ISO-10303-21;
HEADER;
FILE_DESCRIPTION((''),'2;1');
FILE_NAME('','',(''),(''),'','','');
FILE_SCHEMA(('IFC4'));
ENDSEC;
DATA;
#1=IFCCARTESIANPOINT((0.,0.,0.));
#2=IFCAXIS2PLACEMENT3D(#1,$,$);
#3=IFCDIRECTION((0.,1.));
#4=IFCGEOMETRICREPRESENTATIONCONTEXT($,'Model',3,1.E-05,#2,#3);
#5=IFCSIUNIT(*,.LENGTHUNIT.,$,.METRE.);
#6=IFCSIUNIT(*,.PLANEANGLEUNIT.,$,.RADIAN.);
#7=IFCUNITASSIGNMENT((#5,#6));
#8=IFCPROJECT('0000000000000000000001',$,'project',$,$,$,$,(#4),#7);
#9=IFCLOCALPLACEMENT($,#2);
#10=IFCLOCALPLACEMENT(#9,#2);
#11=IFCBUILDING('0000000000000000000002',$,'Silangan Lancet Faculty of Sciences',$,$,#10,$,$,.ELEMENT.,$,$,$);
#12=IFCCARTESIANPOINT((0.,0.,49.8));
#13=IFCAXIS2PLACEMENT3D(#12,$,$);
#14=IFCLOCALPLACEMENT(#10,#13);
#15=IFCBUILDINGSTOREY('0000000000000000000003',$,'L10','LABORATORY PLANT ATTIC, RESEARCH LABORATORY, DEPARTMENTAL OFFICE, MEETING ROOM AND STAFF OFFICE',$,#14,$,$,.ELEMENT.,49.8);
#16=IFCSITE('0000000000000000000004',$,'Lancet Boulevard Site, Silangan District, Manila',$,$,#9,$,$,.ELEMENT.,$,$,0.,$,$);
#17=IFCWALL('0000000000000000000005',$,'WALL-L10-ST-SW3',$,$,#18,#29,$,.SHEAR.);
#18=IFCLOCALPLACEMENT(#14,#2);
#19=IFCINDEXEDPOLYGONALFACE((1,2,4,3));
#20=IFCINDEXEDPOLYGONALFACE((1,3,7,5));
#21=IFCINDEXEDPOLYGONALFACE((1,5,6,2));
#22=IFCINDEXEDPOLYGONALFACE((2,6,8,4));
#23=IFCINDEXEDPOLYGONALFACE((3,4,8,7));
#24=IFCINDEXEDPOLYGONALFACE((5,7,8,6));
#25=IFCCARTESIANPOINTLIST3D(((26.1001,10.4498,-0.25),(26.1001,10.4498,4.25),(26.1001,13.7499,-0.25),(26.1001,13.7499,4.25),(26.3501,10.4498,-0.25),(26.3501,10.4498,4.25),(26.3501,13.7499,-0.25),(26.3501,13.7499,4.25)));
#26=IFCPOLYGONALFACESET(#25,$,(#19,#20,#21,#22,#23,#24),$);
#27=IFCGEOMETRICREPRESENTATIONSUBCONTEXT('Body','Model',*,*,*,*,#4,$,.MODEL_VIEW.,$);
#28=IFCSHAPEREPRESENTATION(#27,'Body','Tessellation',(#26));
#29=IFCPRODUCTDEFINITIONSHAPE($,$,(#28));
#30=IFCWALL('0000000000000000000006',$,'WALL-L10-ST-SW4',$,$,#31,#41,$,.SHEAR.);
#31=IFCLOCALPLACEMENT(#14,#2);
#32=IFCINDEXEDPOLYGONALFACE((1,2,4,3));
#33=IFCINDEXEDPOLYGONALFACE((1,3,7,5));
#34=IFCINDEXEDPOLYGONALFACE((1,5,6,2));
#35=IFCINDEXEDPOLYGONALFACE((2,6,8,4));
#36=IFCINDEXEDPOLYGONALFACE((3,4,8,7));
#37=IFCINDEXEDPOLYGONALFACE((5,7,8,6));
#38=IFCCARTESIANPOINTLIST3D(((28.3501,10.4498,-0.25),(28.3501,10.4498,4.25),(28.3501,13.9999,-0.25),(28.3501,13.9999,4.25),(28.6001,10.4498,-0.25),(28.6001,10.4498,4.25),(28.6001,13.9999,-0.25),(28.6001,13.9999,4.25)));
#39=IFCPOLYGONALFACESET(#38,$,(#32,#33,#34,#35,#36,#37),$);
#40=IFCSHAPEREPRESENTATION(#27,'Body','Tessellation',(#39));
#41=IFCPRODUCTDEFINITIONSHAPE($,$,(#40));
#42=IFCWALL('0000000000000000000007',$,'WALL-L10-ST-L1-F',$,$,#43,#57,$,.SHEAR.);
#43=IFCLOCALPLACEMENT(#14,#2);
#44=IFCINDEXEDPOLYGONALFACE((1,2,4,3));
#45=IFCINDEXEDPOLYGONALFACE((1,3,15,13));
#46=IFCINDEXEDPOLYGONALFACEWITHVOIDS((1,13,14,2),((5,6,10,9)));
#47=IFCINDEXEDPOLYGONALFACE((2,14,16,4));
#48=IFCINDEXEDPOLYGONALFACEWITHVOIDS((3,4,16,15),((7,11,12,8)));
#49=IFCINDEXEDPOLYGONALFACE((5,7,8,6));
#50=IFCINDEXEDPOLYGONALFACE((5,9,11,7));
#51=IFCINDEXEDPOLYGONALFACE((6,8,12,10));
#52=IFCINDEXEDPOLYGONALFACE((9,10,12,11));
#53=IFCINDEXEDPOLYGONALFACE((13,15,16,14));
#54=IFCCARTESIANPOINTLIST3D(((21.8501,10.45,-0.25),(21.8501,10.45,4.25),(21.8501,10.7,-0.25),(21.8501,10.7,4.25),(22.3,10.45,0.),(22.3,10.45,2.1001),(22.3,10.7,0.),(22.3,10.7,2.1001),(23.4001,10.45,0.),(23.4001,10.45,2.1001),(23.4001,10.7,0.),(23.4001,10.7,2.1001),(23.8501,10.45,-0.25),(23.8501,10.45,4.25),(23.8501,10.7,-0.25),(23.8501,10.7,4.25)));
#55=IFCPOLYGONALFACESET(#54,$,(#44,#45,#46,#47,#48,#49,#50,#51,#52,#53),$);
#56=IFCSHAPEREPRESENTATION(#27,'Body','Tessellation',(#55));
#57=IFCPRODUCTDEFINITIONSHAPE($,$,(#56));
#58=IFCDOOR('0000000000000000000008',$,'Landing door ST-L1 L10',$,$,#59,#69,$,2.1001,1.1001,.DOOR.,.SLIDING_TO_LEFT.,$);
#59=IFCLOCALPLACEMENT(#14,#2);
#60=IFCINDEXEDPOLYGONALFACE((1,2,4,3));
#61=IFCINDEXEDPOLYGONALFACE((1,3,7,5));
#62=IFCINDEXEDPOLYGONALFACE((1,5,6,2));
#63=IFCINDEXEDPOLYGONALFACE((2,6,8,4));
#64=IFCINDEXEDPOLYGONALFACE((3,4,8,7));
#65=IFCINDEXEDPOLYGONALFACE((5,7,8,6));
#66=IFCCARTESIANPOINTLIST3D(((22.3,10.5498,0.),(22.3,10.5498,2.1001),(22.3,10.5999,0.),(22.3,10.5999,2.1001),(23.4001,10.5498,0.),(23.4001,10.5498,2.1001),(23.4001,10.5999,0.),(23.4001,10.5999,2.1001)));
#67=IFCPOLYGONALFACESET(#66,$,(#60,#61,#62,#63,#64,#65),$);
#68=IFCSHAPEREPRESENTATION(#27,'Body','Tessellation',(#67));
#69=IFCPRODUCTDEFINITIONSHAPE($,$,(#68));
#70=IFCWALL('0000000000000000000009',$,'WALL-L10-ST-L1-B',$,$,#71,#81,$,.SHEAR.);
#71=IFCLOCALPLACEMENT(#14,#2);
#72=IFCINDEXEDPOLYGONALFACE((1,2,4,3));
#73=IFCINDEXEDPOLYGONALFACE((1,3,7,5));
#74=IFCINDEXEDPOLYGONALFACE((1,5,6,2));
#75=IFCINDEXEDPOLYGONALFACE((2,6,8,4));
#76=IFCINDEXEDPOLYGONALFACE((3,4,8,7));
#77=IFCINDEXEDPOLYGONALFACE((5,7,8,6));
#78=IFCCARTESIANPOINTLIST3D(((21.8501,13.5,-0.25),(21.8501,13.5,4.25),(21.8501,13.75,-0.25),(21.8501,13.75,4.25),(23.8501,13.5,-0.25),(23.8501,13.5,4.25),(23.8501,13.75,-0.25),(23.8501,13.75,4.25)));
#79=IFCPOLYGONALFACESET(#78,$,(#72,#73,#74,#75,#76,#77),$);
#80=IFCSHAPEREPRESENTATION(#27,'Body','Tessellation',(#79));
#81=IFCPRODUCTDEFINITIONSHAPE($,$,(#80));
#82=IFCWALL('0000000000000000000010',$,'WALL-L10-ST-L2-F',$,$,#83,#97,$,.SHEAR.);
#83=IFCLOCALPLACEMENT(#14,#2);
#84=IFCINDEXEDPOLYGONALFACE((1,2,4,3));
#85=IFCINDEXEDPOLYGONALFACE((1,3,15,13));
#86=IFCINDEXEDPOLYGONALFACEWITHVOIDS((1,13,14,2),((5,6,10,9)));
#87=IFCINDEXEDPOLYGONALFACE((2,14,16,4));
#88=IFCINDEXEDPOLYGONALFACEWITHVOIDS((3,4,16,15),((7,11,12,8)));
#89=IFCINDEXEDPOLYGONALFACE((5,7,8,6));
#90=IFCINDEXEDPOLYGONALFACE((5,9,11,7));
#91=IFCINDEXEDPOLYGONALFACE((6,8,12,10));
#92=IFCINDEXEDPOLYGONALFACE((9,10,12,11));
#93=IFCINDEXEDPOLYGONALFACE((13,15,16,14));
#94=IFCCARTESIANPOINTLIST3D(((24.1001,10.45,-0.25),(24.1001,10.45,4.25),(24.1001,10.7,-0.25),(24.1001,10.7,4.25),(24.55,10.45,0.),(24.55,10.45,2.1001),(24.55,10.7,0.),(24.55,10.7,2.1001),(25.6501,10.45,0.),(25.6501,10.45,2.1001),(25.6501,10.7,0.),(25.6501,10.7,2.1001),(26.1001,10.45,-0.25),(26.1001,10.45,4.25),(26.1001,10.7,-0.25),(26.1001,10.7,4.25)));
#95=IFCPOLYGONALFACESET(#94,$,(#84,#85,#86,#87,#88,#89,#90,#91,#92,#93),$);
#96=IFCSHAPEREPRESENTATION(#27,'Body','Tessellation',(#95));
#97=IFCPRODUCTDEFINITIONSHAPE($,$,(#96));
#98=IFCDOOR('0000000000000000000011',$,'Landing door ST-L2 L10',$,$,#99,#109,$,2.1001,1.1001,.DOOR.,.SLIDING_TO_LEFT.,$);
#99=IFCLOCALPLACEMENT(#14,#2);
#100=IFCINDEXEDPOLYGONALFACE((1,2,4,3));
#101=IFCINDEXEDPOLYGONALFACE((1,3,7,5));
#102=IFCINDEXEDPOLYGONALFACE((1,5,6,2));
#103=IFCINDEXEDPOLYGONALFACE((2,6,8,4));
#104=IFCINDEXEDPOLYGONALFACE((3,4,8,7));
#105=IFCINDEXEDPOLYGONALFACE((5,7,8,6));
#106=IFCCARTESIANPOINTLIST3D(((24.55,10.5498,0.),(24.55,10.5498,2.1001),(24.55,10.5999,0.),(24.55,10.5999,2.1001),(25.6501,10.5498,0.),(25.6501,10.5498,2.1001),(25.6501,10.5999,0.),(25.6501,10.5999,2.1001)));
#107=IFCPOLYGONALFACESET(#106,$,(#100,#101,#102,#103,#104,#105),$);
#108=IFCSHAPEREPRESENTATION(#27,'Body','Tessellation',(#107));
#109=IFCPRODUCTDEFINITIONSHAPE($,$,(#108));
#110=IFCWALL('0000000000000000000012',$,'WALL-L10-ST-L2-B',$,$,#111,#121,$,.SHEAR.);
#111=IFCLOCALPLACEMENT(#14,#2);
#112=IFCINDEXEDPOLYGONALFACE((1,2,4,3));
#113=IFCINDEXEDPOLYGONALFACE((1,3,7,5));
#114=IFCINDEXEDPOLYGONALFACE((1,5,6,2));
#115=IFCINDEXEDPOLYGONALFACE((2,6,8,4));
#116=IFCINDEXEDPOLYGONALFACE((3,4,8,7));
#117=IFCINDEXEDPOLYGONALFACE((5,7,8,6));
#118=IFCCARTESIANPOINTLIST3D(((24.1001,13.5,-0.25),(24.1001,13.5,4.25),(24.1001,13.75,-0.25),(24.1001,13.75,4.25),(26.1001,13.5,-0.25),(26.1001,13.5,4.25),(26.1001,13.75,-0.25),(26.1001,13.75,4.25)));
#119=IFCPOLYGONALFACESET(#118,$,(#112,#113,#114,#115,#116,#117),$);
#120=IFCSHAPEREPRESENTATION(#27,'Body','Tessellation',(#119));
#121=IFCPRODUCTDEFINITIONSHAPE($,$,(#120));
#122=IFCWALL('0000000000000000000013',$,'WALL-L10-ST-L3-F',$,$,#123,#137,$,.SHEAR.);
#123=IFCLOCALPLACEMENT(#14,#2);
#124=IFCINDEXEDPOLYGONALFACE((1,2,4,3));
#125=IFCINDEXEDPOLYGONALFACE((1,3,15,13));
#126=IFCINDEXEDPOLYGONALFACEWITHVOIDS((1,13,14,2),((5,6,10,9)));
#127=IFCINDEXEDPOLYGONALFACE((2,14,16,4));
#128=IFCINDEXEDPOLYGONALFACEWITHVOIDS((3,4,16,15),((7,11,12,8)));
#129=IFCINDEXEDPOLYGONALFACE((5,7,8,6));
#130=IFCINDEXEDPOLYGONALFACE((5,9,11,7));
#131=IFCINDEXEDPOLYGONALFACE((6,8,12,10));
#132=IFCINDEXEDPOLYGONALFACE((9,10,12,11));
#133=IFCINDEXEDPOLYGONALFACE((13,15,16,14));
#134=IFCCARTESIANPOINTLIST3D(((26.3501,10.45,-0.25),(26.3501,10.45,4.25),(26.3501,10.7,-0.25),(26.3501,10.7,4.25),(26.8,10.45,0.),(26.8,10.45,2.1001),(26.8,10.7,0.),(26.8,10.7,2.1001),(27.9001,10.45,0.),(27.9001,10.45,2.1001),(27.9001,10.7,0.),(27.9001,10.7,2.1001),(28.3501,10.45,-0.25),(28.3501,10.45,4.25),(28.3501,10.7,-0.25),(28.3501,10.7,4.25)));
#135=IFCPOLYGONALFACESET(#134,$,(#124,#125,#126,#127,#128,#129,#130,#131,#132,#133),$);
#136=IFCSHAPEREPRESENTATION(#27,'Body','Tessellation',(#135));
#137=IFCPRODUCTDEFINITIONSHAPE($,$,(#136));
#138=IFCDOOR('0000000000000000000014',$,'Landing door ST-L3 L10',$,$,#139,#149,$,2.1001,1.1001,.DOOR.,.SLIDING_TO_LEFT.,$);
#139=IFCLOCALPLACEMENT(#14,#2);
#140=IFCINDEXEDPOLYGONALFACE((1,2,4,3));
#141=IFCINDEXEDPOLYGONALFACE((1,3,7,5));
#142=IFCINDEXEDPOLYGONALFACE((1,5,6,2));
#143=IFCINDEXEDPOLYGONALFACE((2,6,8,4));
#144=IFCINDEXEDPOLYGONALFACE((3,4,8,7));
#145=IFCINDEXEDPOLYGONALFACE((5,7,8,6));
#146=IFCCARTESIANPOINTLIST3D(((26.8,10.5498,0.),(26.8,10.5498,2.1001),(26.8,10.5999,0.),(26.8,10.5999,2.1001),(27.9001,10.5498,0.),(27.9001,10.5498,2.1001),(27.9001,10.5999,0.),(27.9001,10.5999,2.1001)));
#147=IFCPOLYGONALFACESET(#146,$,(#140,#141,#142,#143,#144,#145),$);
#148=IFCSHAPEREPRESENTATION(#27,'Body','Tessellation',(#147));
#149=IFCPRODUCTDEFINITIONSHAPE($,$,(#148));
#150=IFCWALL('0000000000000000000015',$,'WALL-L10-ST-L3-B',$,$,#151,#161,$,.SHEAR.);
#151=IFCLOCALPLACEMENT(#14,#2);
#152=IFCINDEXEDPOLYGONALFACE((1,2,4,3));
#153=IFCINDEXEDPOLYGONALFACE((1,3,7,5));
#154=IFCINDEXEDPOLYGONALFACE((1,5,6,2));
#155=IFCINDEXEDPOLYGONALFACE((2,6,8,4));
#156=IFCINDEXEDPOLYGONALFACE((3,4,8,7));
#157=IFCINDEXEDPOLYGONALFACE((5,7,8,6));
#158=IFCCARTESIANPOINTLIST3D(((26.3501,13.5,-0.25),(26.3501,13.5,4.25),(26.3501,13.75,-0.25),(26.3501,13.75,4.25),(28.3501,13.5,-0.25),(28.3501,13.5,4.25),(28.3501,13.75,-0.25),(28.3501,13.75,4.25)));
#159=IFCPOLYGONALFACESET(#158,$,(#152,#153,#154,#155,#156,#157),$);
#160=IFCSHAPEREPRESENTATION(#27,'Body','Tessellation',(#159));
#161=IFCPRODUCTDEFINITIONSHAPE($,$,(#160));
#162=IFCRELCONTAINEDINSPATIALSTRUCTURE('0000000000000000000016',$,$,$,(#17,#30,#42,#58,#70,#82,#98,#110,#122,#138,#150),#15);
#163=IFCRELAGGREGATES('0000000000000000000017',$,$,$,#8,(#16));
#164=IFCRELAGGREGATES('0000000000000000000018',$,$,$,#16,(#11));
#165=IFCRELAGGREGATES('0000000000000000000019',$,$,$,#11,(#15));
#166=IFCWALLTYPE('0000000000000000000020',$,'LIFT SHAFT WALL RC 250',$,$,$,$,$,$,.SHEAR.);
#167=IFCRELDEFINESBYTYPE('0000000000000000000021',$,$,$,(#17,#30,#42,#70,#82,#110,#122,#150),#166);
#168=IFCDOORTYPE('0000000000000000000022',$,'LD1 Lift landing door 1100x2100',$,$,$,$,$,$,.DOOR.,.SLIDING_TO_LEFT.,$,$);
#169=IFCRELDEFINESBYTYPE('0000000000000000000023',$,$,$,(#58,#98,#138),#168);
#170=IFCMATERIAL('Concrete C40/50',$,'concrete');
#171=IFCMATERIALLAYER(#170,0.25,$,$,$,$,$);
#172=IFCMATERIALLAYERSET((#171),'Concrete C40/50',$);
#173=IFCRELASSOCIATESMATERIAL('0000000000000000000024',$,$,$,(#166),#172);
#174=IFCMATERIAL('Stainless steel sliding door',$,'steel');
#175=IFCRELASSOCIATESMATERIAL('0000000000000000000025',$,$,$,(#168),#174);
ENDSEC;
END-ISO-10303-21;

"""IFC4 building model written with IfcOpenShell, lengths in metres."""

from ifc_helpers import new_model, si_unit, direction, frame, frame_2d, origin, place, context, subcontext, project, spatial, rectangle, extrude, material, layer, layer_set, type_object, element, fill, save


model = new_model("IFC4")

# Units and contexts
model_context = context("Model", 3, precision=1e-05, world=origin(), true_north=direction((0.0, 1.0)))
body_context = subcontext(model_context, "Body", "Model", "MODEL_VIEW")
ifc_project = project(units=[si_unit("LENGTHUNIT", "METRE"), si_unit("PLANEANGLEUNIT", "RADIAN")], contexts=[model_context])

# Site, building, storey
site_placement = place(None, origin())
site = spatial("IfcSite", under=ifc_project, at=site_placement, Name="Lancet Boulevard Site, Silangan District, Manila", CompositionType="ELEMENT", RefElevation=0.0)
building_placement = place(site_placement, origin())
building = spatial("IfcBuilding", under=site, at=building_placement, Name="Silangan Lancet Faculty of Sciences", CompositionType="ELEMENT")
storey_placement = place(building_placement, frame((0.0, 0.0, 49.8)))
storey = spatial("IfcBuildingStorey", under=building, at=storey_placement, Name="L10", Description="LABORATORY PLANT ATTIC, RESEARCH LABORATORY, DEPARTMENTAL OFFICE, MEETING ROOM AND STAFF OFFICE", CompositionType="ELEMENT", Elevation=49.8)

# Walls
ifc_material_1 = material(Name="Concrete C40/50", Category="concrete")
ifc_layer_1 = layer(ifc_material_1, 0.25)
ifc_layer_set_1 = layer_set([ifc_layer_1], Name="Concrete C40/50")
wall_type_1 = type_object("IfcWallType", Name="LIFT SHAFT WALL RC 250", PredefinedType="SHEAR", material=ifc_layer_set_1)
for number, where, z_axis, x_axis, name in (
    (1, (26.2251, 10.45, -0.25), (0.0, 0.0, 1.0), (0.0, 1.0, 0.0), "WALL-L10-ST-SW3"),
):
    element("IfcWall", number, at=place(storey_placement, frame(where, z_axis=z_axis, x_axis=x_axis)), inside=storey, type_object=wall_type_1, Name=name, PredefinedType="SHEAR", context=body_context, shape_type="SweptSolid", body=[
        extrude(rectangle(XDim=3.3, YDim=0.25, at=frame_2d((1.6499, 0.0))), origin(), (0.0, 0.0, 1.0), 4.5),
    ])
wall_1_placement = place(storey_placement, frame((28.4751, 10.45, -0.25), z_axis=(0.0, 0.0, 1.0), x_axis=(0.0, 1.0, 0.0)))
element("IfcWall", 2, at=wall_1_placement, inside=storey, type_object=wall_type_1, Name="WALL-L10-ST-SW4", PredefinedType="SHEAR", context=body_context, shape_type="SweptSolid", body=[
    extrude(rectangle(XDim=3.55, YDim=0.25, at=frame_2d((1.7749, 0.0))), origin(), (0.0, 0.0, 1.0), 4.5),
])

# Wall, opening, door
wall_2_placement = place(storey_placement, frame((21.8501, 10.575, -0.25), z_axis=(0.0, 0.0, 1.0), x_axis=(1.0, 0.0, 0.0)))
wall_2 = element("IfcWall", 3, at=wall_2_placement, inside=storey, type_object=wall_type_1, Name="WALL-L10-ST-L1-F", PredefinedType="SHEAR", context=body_context, shape_type="SweptSolid", body=[
    extrude(rectangle(XDim=2.0, YDim=0.25, at=frame_2d((1.0, 0.0))), origin(), (0.0, 0.0, 1.0), 4.5),
])
opening_1_placement = place(wall_2_placement, frame((0.45, 0.0, 0.25)))
opening_1 = element("IfcOpeningElement", 4, at=opening_1_placement, cuts=wall_2, PredefinedType="OPENING", context=body_context, shape_type="SweptSolid", body=[
    extrude(rectangle(XDim=1.1001, YDim=2.1001, at=frame_2d((0.55, 1.05))), frame((0.0, 0.135, 0.0), z_axis=(0.0, -1.0, 0.0), x_axis=(1.0, 0.0, 0.0)), (0.0, 0.0, 1.0), 0.27),
])
ifc_material_2 = material(Name="Stainless steel sliding door", Category="steel")
door_type_1 = type_object("IfcDoorType", Name="LD1 Lift landing door 1100x2100", OperationType="SLIDING_TO_LEFT", PredefinedType="DOOR", material=ifc_material_2)
door_1_placement = place(opening_1_placement, origin())
door_1 = element("IfcDoor", 5, at=door_1_placement, inside=storey, type_object=door_type_1, Name="Landing door ST-L1 L10", OperationType="SLIDING_TO_LEFT", OverallHeight=2.1001, OverallWidth=1.1001, PredefinedType="DOOR", context=body_context, shape_type="SweptSolid", body=[
    extrude(rectangle(XDim=1.1001, YDim=2.1001, at=frame_2d((0.55, 1.05))), frame((0.0, 0.0249, 0.0), z_axis=(0.0, -1.0, 0.0), x_axis=(1.0, 0.0, 0.0)), (0.0, 0.0, 1.0), 0.05),
])
fill(opening_1, door_1)

# Wall
wall_3_placement = place(storey_placement, frame((21.8501, 13.625, -0.25), z_axis=(0.0, 0.0, 1.0), x_axis=(1.0, 0.0, 0.0)))
element("IfcWall", 6, at=wall_3_placement, inside=storey, type_object=wall_type_1, Name="WALL-L10-ST-L1-B", PredefinedType="SHEAR", context=body_context, shape_type="SweptSolid", body=[
    extrude(rectangle(XDim=2.0, YDim=0.25, at=frame_2d((1.0, 0.0))), origin(), (0.0, 0.0, 1.0), 4.5),
])

# Wall, opening, door
wall_4_placement = place(storey_placement, frame((24.1001, 10.575, -0.25), z_axis=(0.0, 0.0, 1.0), x_axis=(1.0, 0.0, 0.0)))
wall_4 = element("IfcWall", 7, at=wall_4_placement, inside=storey, type_object=wall_type_1, Name="WALL-L10-ST-L2-F", PredefinedType="SHEAR", context=body_context, shape_type="SweptSolid", body=[
    extrude(rectangle(XDim=2.0, YDim=0.25, at=frame_2d((1.0, 0.0))), origin(), (0.0, 0.0, 1.0), 4.5),
])
opening_2_placement = place(wall_4_placement, frame((0.45, 0.0, 0.25)))
opening_2 = element("IfcOpeningElement", 8, at=opening_2_placement, cuts=wall_4, PredefinedType="OPENING", context=body_context, shape_type="SweptSolid", body=[
    extrude(rectangle(XDim=1.1001, YDim=2.1001, at=frame_2d((0.55, 1.05))), frame((0.0, 0.135, 0.0), z_axis=(0.0, -1.0, 0.0), x_axis=(1.0, 0.0, 0.0)), (0.0, 0.0, 1.0), 0.27),
])
door_2_placement = place(opening_2_placement, origin())
door_2 = element("IfcDoor", 9, at=door_2_placement, inside=storey, type_object=door_type_1, Name="Landing door ST-L2 L10", OperationType="SLIDING_TO_LEFT", OverallHeight=2.1001, OverallWidth=1.1001, PredefinedType="DOOR", context=body_context, shape_type="SweptSolid", body=[
    extrude(rectangle(XDim=1.1001, YDim=2.1001, at=frame_2d((0.55, 1.05))), frame((0.0, 0.0249, 0.0), z_axis=(0.0, -1.0, 0.0), x_axis=(1.0, 0.0, 0.0)), (0.0, 0.0, 1.0), 0.05),
])
fill(opening_2, door_2)

# Wall
wall_5_placement = place(storey_placement, frame((24.1001, 13.625, -0.25), z_axis=(0.0, 0.0, 1.0), x_axis=(1.0, 0.0, 0.0)))
element("IfcWall", 10, at=wall_5_placement, inside=storey, type_object=wall_type_1, Name="WALL-L10-ST-L2-B", PredefinedType="SHEAR", context=body_context, shape_type="SweptSolid", body=[
    extrude(rectangle(XDim=2.0, YDim=0.25, at=frame_2d((1.0, 0.0))), origin(), (0.0, 0.0, 1.0), 4.5),
])

# Wall, opening, door
wall_6_placement = place(storey_placement, frame((26.3501, 10.575, -0.25), z_axis=(0.0, 0.0, 1.0), x_axis=(1.0, 0.0, 0.0)))
wall_6 = element("IfcWall", 11, at=wall_6_placement, inside=storey, type_object=wall_type_1, Name="WALL-L10-ST-L3-F", PredefinedType="SHEAR", context=body_context, shape_type="SweptSolid", body=[
    extrude(rectangle(XDim=2.0, YDim=0.25, at=frame_2d((1.0, 0.0))), origin(), (0.0, 0.0, 1.0), 4.5),
])
opening_3_placement = place(wall_6_placement, frame((0.45, 0.0, 0.25)))
opening_3 = element("IfcOpeningElement", 12, at=opening_3_placement, cuts=wall_6, PredefinedType="OPENING", context=body_context, shape_type="SweptSolid", body=[
    extrude(rectangle(XDim=1.1001, YDim=2.1001, at=frame_2d((0.55, 1.05))), frame((0.0, 0.135, 0.0), z_axis=(0.0, -1.0, 0.0), x_axis=(1.0, 0.0, 0.0)), (0.0, 0.0, 1.0), 0.27),
])
door_3_placement = place(opening_3_placement, origin())
door_3 = element("IfcDoor", 13, at=door_3_placement, inside=storey, type_object=door_type_1, Name="Landing door ST-L3 L10", OperationType="SLIDING_TO_LEFT", OverallHeight=2.1001, OverallWidth=1.1001, PredefinedType="DOOR", context=body_context, shape_type="SweptSolid", body=[
    extrude(rectangle(XDim=1.1001, YDim=2.1001, at=frame_2d((0.55, 1.05))), frame((0.0, 0.0249, 0.0), z_axis=(0.0, -1.0, 0.0), x_axis=(1.0, 0.0, 0.0)), (0.0, 0.0, 1.0), 0.05),
])
fill(opening_3, door_3)

# Wall
wall_7_placement = place(storey_placement, frame((26.3501, 13.625, -0.25), z_axis=(0.0, 0.0, 1.0), x_axis=(1.0, 0.0, 0.0)))
element("IfcWall", 14, at=wall_7_placement, inside=storey, type_object=wall_type_1, Name="WALL-L10-ST-L3-B", PredefinedType="SHEAR", context=body_context, shape_type="SweptSolid", body=[
    extrude(rectangle(XDim=2.0, YDim=0.25, at=frame_2d((1.0, 0.0))), origin(), (0.0, 0.0, 1.0), 4.5),
])

save(model, "model.ifc")
